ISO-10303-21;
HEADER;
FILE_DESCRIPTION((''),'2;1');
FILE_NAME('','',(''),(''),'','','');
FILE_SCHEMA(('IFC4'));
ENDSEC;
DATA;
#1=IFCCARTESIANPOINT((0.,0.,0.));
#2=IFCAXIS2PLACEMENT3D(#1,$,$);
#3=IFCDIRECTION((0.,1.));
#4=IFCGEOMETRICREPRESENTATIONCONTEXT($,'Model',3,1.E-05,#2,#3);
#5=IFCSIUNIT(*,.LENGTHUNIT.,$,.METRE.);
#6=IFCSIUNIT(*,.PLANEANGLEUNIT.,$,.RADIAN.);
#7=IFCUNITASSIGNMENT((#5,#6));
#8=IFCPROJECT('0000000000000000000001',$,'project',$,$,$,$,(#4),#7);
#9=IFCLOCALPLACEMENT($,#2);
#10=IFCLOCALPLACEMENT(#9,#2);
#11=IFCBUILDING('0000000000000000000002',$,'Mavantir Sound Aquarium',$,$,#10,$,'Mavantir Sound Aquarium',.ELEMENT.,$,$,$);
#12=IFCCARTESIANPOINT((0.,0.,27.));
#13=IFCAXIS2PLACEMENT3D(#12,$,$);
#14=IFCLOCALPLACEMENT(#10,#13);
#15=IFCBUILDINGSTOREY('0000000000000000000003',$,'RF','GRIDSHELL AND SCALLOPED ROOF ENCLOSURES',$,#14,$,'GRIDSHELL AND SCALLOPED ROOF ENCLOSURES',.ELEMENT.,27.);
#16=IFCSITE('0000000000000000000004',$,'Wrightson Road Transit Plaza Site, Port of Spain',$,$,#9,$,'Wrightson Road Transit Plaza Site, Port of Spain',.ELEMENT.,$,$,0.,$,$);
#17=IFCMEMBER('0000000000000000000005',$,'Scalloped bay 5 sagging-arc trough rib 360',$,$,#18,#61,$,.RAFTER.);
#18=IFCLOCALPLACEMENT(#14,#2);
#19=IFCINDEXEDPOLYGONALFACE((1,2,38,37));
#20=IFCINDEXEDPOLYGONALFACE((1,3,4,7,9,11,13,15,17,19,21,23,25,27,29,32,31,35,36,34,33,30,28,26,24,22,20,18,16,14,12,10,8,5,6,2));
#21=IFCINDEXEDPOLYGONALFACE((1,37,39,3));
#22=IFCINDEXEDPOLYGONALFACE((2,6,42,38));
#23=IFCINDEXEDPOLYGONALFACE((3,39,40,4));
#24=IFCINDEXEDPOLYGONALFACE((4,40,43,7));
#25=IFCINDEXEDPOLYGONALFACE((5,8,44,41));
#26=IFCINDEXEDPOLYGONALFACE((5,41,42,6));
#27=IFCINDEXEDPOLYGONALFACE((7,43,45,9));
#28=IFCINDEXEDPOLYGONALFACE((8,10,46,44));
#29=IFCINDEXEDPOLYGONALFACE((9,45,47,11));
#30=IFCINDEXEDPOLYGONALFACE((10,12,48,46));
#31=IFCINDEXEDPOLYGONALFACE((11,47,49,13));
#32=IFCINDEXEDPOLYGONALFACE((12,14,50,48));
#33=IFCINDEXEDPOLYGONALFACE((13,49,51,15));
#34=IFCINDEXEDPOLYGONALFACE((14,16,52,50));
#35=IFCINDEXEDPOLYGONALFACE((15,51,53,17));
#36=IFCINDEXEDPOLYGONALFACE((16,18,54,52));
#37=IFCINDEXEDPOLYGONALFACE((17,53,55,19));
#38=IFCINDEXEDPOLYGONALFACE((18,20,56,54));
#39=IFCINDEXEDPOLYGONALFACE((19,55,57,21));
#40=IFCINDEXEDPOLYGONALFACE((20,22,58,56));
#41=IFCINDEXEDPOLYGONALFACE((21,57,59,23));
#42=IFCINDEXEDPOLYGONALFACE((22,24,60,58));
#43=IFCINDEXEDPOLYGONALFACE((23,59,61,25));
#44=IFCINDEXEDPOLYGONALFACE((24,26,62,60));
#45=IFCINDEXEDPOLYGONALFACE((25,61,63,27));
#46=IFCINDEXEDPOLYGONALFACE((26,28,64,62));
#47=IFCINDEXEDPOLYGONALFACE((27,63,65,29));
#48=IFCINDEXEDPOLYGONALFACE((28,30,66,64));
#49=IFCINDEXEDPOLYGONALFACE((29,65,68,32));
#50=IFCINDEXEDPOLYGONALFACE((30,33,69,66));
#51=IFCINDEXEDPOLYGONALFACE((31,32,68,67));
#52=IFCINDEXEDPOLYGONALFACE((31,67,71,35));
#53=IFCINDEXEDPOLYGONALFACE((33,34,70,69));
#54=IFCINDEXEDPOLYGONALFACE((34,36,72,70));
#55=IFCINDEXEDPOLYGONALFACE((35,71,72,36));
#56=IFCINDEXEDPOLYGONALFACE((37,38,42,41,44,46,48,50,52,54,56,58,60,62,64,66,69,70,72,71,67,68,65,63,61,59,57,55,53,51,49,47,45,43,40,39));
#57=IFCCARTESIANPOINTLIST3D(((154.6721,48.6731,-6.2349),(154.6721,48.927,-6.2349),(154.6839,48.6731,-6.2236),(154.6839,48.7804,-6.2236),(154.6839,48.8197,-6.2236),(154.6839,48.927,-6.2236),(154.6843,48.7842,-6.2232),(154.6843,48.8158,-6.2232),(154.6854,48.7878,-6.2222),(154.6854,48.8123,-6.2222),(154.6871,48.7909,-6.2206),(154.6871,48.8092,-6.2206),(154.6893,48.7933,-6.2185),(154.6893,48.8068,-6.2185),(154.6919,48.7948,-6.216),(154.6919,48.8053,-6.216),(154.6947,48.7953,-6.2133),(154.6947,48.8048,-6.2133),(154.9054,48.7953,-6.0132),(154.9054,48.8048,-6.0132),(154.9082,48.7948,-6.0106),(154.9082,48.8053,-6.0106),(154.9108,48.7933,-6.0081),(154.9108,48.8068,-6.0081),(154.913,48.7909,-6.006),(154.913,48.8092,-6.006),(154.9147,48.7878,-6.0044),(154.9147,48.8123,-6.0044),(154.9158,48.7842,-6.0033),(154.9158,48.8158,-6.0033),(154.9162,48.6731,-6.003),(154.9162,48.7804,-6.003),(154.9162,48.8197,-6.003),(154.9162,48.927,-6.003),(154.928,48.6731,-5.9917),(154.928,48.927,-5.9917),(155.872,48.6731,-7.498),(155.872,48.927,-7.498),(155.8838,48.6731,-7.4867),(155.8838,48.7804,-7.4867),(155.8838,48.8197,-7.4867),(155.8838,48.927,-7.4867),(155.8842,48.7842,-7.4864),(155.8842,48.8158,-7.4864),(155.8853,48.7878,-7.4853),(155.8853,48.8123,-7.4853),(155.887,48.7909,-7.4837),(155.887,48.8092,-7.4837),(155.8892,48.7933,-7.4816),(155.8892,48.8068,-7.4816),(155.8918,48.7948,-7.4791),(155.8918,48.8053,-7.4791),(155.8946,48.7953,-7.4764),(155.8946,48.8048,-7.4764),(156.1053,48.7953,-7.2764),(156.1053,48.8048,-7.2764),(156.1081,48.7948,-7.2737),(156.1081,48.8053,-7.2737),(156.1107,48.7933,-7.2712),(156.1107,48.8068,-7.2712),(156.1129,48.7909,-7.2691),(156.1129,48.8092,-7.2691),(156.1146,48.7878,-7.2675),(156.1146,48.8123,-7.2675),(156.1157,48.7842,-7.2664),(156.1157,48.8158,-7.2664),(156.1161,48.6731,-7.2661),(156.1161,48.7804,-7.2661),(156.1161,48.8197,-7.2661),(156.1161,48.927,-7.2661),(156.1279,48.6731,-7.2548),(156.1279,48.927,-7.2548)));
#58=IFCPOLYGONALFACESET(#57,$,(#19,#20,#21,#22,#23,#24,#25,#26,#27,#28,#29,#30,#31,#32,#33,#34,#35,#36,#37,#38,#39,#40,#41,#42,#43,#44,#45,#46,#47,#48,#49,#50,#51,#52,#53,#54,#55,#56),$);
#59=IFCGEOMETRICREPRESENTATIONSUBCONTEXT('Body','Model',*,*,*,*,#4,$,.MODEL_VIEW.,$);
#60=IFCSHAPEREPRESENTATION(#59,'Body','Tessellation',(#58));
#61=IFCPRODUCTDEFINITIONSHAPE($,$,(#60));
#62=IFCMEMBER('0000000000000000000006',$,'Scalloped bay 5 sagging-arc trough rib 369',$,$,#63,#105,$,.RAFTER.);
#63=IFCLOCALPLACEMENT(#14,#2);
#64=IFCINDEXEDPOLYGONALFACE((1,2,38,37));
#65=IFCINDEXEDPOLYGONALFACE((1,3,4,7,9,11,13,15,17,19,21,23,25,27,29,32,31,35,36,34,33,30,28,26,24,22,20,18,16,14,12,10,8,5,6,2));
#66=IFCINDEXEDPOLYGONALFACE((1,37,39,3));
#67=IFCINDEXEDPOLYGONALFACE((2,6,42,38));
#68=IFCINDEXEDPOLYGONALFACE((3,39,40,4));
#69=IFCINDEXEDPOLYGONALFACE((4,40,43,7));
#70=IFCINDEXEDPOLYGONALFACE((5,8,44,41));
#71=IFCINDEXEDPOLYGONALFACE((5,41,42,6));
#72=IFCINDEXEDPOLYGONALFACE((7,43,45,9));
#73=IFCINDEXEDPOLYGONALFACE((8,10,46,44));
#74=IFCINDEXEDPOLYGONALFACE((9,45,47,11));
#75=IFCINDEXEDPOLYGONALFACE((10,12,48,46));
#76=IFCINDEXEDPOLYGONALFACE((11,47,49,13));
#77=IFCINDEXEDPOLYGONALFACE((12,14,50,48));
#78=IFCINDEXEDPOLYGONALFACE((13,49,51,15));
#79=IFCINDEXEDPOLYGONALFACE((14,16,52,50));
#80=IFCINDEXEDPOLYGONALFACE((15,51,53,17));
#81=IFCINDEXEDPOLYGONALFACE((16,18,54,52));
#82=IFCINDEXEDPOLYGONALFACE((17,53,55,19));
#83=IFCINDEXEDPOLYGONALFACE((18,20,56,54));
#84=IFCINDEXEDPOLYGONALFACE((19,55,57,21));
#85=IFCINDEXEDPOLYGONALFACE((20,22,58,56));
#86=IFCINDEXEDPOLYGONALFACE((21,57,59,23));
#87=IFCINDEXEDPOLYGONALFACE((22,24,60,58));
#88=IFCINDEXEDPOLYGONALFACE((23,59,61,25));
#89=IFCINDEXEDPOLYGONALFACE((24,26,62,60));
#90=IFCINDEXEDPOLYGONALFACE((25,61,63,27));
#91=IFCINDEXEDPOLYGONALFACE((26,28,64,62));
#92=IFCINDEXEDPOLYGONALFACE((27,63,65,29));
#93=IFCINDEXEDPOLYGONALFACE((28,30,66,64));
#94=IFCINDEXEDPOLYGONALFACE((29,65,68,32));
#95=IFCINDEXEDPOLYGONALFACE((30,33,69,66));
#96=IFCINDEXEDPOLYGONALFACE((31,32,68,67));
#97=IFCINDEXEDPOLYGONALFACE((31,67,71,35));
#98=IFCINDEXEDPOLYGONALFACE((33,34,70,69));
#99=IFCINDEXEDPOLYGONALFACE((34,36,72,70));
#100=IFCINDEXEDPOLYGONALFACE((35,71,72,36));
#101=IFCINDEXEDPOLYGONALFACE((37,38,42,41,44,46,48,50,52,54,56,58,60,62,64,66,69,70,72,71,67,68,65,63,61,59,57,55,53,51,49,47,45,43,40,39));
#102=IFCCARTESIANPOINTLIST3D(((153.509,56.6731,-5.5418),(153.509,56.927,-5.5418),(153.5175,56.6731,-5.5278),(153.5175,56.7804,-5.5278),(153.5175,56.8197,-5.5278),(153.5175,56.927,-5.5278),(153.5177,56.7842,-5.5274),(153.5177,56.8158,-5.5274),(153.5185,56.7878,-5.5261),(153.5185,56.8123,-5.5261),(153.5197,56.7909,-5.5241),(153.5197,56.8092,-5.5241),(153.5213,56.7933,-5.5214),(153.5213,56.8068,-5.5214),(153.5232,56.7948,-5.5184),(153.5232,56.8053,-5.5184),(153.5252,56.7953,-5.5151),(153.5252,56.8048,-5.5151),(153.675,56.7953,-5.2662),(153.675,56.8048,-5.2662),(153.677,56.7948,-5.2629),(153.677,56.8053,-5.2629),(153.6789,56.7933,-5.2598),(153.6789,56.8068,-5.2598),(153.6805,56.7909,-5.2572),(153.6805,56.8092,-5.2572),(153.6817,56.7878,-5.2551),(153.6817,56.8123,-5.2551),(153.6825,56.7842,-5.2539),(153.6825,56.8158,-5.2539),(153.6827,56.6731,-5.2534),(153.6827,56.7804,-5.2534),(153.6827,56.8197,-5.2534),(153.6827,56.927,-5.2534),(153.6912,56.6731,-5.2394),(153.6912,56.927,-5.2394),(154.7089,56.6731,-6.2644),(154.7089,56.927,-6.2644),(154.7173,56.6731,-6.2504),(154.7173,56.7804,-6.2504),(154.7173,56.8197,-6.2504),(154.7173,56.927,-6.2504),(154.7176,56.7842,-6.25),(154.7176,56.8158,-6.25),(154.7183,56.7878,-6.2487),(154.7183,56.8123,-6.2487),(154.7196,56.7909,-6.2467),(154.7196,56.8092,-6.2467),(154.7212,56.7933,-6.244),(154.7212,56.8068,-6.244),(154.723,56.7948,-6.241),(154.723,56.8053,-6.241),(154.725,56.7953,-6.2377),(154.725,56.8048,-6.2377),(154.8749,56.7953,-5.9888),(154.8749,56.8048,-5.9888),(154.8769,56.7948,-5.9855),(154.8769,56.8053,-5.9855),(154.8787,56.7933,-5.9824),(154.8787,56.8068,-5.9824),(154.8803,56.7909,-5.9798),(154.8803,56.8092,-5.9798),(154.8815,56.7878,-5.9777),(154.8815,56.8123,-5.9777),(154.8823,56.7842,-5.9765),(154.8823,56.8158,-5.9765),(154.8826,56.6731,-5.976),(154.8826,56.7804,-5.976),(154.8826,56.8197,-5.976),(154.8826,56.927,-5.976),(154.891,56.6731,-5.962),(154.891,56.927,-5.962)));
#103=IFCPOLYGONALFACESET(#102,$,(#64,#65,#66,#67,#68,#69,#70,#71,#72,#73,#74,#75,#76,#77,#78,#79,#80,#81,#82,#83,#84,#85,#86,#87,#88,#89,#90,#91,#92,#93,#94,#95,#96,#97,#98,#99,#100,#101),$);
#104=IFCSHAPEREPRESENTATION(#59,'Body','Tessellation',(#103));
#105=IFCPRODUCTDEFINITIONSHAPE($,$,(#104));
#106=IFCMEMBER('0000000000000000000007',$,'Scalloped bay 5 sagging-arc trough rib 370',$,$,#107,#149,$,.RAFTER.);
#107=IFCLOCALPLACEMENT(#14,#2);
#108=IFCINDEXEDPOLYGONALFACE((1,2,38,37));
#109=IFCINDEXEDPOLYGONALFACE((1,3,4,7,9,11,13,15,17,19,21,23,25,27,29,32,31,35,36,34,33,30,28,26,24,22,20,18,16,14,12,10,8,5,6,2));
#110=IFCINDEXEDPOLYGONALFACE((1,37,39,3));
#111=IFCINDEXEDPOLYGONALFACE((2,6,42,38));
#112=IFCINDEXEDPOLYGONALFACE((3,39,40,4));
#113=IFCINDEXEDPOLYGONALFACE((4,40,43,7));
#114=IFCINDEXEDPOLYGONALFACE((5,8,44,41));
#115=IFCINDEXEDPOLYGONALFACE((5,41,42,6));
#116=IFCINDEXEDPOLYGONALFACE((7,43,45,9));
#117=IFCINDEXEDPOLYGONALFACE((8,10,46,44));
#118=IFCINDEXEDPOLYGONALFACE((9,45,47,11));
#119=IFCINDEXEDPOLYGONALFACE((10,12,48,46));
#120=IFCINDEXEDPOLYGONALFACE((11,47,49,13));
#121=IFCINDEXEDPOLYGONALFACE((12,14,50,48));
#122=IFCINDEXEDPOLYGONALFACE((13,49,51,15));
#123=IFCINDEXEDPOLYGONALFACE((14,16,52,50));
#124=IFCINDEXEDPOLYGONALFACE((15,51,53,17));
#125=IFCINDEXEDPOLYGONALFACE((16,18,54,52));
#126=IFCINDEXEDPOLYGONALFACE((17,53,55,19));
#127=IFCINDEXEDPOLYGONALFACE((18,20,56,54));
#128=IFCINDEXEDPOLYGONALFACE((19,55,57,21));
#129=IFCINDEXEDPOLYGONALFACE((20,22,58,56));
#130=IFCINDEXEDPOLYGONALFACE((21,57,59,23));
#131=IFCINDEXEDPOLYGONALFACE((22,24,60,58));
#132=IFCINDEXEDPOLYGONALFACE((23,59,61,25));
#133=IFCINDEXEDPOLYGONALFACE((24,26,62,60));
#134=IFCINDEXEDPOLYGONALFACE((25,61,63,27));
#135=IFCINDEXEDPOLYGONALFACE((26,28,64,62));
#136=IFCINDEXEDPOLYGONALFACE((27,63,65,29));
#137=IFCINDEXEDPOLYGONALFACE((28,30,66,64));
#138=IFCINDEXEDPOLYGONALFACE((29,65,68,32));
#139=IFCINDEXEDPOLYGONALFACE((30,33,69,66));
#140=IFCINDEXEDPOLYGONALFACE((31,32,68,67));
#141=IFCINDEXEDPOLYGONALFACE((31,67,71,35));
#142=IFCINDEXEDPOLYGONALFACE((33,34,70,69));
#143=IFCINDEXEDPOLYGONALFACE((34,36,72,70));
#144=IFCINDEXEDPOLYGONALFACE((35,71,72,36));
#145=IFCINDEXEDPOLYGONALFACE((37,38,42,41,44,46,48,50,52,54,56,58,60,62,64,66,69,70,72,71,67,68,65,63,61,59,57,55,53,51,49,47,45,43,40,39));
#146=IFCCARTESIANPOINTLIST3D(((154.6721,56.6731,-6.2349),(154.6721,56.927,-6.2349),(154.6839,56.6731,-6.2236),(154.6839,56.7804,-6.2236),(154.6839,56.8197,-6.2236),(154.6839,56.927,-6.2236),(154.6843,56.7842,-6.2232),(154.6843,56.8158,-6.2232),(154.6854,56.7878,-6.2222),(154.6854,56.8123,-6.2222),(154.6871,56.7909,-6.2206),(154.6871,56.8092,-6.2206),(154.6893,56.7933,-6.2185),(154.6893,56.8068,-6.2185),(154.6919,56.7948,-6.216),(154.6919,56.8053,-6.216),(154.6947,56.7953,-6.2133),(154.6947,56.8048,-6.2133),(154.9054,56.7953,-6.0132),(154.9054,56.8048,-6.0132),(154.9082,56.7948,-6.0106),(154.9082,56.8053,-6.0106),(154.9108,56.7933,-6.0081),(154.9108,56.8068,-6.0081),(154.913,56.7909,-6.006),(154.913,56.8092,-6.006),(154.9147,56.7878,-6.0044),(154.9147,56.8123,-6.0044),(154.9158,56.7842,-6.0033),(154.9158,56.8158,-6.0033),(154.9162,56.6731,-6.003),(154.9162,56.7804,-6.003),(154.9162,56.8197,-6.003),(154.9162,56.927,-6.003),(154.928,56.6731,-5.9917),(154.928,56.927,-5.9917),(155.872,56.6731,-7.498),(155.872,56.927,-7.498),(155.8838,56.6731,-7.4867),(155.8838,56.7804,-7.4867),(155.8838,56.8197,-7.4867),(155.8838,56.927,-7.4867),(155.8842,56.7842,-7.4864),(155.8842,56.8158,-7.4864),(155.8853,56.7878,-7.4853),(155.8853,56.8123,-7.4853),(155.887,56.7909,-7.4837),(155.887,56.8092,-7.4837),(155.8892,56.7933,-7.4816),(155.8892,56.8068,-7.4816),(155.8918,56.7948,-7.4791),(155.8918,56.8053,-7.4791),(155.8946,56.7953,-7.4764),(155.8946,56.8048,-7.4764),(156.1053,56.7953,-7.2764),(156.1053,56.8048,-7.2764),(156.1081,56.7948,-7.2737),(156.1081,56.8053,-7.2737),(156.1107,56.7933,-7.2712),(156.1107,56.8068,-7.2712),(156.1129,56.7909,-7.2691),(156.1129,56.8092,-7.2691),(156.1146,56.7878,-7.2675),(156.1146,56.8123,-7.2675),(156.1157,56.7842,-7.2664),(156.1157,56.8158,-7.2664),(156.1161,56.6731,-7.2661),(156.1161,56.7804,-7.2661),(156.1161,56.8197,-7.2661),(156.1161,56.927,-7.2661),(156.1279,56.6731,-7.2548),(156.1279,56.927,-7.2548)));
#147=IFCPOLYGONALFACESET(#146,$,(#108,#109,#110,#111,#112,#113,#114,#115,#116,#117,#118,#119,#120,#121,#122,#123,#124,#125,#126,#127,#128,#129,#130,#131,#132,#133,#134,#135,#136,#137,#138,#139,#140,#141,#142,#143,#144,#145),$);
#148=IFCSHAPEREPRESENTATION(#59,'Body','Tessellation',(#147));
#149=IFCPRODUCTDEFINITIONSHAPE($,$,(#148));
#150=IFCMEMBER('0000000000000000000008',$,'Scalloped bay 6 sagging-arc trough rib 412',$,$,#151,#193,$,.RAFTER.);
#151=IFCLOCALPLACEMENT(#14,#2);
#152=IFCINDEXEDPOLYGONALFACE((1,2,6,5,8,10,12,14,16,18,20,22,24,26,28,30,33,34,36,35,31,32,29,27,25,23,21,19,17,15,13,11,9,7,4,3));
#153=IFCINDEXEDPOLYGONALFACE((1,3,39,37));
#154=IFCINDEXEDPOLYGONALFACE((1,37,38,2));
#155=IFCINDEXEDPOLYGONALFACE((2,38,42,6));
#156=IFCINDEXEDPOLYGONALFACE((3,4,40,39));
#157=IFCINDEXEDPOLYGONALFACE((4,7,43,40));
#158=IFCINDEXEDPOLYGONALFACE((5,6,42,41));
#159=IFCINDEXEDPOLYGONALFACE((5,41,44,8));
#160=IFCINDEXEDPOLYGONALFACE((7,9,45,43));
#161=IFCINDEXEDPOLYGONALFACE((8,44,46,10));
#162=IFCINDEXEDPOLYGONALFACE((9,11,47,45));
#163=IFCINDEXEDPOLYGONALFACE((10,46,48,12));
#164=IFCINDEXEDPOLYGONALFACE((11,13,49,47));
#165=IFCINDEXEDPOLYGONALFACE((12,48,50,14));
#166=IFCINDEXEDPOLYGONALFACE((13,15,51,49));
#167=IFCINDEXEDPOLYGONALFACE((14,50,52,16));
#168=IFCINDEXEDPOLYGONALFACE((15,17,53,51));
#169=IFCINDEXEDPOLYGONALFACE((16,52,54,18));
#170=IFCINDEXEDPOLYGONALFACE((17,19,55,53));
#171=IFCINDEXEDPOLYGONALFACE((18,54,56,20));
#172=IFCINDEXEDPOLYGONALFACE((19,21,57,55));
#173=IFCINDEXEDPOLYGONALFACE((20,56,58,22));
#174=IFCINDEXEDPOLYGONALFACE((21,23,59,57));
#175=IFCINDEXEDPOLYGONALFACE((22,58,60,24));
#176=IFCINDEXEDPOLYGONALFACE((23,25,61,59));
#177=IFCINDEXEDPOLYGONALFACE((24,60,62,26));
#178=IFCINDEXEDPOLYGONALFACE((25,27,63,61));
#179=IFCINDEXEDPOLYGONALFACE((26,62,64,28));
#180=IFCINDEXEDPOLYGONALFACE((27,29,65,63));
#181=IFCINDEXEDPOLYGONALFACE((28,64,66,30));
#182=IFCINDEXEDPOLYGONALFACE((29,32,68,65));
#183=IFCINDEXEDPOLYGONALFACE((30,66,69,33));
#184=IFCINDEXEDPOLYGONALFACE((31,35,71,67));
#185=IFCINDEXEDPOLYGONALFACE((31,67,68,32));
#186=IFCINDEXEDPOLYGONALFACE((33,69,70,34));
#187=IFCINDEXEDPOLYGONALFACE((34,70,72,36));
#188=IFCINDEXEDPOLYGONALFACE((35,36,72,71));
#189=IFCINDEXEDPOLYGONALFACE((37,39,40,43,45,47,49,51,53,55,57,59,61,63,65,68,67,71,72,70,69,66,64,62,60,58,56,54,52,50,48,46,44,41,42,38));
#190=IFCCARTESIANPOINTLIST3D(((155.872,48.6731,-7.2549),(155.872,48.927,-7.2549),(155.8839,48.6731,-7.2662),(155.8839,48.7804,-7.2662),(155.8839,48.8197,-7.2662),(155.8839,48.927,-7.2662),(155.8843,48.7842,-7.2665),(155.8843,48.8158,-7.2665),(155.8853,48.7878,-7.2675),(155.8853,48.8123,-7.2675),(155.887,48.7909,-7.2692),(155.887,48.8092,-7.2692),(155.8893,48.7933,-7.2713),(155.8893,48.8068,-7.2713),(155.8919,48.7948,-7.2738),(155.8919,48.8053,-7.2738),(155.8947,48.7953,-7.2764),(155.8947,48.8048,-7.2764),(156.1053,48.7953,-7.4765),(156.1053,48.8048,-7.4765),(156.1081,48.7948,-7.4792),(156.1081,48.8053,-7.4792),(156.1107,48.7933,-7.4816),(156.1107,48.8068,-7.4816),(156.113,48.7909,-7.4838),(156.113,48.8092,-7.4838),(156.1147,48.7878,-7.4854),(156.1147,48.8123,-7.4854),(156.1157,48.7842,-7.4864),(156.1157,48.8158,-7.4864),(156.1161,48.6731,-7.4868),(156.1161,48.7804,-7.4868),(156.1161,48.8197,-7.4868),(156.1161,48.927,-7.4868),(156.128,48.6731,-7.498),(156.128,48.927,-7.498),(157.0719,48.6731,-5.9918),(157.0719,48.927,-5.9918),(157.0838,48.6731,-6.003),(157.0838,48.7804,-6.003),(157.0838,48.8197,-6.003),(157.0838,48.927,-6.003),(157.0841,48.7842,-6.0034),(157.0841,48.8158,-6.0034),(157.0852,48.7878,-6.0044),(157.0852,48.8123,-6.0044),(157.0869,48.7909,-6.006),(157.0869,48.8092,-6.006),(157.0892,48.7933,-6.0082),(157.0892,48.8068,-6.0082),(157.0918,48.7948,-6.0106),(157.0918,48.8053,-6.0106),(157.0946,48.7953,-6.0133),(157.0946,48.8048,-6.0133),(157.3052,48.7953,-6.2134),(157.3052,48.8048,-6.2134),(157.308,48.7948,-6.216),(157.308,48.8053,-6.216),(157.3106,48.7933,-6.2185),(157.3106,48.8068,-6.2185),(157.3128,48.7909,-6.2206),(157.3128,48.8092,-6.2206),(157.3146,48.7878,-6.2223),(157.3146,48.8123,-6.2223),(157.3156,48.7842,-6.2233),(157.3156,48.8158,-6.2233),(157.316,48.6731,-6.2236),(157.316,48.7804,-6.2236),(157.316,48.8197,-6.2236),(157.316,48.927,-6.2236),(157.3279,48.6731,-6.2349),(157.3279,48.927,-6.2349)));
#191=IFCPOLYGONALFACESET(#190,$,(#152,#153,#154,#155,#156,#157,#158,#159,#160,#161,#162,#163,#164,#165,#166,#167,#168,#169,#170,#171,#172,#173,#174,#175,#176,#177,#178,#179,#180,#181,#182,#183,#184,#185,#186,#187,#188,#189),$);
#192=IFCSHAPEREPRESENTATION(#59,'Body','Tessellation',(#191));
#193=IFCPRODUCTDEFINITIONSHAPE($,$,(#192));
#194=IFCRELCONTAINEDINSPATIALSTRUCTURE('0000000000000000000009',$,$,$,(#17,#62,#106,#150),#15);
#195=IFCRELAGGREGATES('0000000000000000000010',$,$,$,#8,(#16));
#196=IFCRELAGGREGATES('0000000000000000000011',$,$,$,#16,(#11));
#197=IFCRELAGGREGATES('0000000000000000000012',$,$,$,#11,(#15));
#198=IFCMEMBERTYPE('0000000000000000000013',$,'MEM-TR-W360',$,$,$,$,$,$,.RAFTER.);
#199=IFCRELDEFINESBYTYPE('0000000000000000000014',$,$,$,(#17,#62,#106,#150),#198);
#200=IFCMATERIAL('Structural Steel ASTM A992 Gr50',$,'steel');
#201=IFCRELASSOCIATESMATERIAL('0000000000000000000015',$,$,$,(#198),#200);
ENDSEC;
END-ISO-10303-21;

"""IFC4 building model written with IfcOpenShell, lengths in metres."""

from ifc_helpers import new_model, si_unit, direction, frame, origin, origin_2d, place, context, subcontext, project, spatial, i_section, extrude, material, material_profile, profile_set, type_object, element, save


model = new_model("IFC4")

# Units and contexts
model_context = context("Model", 3, precision=1e-05, world=origin(), true_north=direction((0.0, 1.0)))
body_context = subcontext(model_context, "Body", "Model", "MODEL_VIEW")
ifc_project = project(units=[si_unit("LENGTHUNIT", "METRE"), si_unit("PLANEANGLEUNIT", "RADIAN")], contexts=[model_context])

# Site, building, storey
site_placement = place(None, origin())
site = spatial("IfcSite", under=ifc_project, at=site_placement, Name="Wrightson Road Transit Plaza Site, Port of Spain", LongName="Wrightson Road Transit Plaza Site, Port of Spain", CompositionType="ELEMENT", RefElevation=0.0)
building_placement = place(site_placement, origin())
building = spatial("IfcBuilding", under=site, at=building_placement, Name="Mavantir Sound Aquarium", LongName="Mavantir Sound Aquarium", CompositionType="ELEMENT")
storey_placement = place(building_placement, frame((0.0, 0.0, 27.0)))
storey = spatial("IfcBuildingStorey", under=building, at=storey_placement, Name="RF", Description="GRIDSHELL AND SCALLOPED ROOF ENCLOSURES", LongName="GRIDSHELL AND SCALLOPED ROOF ENCLOSURES", CompositionType="ELEMENT", Elevation=27.0)

# Shared definitions
ifc_material_1 = material(Name="Structural Steel ASTM A992 Gr50", Category="steel")

# Members
ifc_material_profile_1 = material_profile(ifc_material_1, i_section(OverallWidth=0.2539, OverallDepth=0.353, WebThickness=0.0095, FlangeThickness=0.0164, FilletRadius=0.0149, at=origin_2d()), Name="W360X91")
ifc_profile_set_1 = profile_set([ifc_material_profile_1], Name="Structural Steel ASTM A992 Gr50")
member_type_1 = type_object("IfcMemberType", Name="MEM-TR-W360", PredefinedType="RAFTER", material=ifc_profile_set_1)
member_1_placement = place(storey_placement, frame((154.8, 48.8, -6.1133), z_axis=(0.688727, 0.0, -0.72502), x_axis=(0.0, 1.0, 0.0)))
element("IfcMember", 1, at=member_1_placement, inside=storey, type_object=member_type_1, Name="Scalloped bay 5 sagging-arc trough rib 360", PredefinedType="RAFTER", context=body_context, shape_type="SweptSolid", body=[
    extrude(i_section(OverallWidth=0.2539, OverallDepth=0.353, WebThickness=0.0095, FlangeThickness=0.0164, FilletRadius=0.0149, at=origin_2d()), origin(), (0.0, 0.0, 1.0), 1.7422),
])
member_2_placement = place(storey_placement, frame((153.6001, 56.8, -5.3906), z_axis=(0.856646, 0.0, -0.515905), x_axis=(0.0, 1.0, 0.0)))
element("IfcMember", 2, at=member_2_placement, inside=storey, type_object=member_type_1, Name="Scalloped bay 5 sagging-arc trough rib 369", PredefinedType="RAFTER", context=body_context, shape_type="SweptSolid", body=[
    extrude(i_section(OverallWidth=0.2539, OverallDepth=0.353, WebThickness=0.0095, FlangeThickness=0.0164, FilletRadius=0.0149, at=origin_2d()), origin(), (0.0, 0.0, 1.0), 1.4006),
])
for number, where, z_axis, x_axis, name in (
    (3, (154.8, 56.8, -6.1133), (0.688727, 0.0, -0.72502), (0.0, 1.0, 0.0), "Scalloped bay 5 sagging-arc trough rib 370"),
    (4, (156.0, 48.8, -7.3765), (0.688727, 0.0, 0.72502), (0.0, 1.0, 0.0), "Scalloped bay 6 sagging-arc trough rib 412"),
):
    element("IfcMember", number, at=place(storey_placement, frame(where, z_axis=z_axis, x_axis=x_axis)), inside=storey, type_object=member_type_1, Name=name, PredefinedType="RAFTER", context=body_context, shape_type="SweptSolid", body=[
        extrude(i_section(OverallWidth=0.2539, OverallDepth=0.353, WebThickness=0.0095, FlangeThickness=0.0164, FilletRadius=0.0149, at=origin_2d()), origin(), (0.0, 0.0, 1.0), 1.7422),
    ])

save(model, "model.ifc")
